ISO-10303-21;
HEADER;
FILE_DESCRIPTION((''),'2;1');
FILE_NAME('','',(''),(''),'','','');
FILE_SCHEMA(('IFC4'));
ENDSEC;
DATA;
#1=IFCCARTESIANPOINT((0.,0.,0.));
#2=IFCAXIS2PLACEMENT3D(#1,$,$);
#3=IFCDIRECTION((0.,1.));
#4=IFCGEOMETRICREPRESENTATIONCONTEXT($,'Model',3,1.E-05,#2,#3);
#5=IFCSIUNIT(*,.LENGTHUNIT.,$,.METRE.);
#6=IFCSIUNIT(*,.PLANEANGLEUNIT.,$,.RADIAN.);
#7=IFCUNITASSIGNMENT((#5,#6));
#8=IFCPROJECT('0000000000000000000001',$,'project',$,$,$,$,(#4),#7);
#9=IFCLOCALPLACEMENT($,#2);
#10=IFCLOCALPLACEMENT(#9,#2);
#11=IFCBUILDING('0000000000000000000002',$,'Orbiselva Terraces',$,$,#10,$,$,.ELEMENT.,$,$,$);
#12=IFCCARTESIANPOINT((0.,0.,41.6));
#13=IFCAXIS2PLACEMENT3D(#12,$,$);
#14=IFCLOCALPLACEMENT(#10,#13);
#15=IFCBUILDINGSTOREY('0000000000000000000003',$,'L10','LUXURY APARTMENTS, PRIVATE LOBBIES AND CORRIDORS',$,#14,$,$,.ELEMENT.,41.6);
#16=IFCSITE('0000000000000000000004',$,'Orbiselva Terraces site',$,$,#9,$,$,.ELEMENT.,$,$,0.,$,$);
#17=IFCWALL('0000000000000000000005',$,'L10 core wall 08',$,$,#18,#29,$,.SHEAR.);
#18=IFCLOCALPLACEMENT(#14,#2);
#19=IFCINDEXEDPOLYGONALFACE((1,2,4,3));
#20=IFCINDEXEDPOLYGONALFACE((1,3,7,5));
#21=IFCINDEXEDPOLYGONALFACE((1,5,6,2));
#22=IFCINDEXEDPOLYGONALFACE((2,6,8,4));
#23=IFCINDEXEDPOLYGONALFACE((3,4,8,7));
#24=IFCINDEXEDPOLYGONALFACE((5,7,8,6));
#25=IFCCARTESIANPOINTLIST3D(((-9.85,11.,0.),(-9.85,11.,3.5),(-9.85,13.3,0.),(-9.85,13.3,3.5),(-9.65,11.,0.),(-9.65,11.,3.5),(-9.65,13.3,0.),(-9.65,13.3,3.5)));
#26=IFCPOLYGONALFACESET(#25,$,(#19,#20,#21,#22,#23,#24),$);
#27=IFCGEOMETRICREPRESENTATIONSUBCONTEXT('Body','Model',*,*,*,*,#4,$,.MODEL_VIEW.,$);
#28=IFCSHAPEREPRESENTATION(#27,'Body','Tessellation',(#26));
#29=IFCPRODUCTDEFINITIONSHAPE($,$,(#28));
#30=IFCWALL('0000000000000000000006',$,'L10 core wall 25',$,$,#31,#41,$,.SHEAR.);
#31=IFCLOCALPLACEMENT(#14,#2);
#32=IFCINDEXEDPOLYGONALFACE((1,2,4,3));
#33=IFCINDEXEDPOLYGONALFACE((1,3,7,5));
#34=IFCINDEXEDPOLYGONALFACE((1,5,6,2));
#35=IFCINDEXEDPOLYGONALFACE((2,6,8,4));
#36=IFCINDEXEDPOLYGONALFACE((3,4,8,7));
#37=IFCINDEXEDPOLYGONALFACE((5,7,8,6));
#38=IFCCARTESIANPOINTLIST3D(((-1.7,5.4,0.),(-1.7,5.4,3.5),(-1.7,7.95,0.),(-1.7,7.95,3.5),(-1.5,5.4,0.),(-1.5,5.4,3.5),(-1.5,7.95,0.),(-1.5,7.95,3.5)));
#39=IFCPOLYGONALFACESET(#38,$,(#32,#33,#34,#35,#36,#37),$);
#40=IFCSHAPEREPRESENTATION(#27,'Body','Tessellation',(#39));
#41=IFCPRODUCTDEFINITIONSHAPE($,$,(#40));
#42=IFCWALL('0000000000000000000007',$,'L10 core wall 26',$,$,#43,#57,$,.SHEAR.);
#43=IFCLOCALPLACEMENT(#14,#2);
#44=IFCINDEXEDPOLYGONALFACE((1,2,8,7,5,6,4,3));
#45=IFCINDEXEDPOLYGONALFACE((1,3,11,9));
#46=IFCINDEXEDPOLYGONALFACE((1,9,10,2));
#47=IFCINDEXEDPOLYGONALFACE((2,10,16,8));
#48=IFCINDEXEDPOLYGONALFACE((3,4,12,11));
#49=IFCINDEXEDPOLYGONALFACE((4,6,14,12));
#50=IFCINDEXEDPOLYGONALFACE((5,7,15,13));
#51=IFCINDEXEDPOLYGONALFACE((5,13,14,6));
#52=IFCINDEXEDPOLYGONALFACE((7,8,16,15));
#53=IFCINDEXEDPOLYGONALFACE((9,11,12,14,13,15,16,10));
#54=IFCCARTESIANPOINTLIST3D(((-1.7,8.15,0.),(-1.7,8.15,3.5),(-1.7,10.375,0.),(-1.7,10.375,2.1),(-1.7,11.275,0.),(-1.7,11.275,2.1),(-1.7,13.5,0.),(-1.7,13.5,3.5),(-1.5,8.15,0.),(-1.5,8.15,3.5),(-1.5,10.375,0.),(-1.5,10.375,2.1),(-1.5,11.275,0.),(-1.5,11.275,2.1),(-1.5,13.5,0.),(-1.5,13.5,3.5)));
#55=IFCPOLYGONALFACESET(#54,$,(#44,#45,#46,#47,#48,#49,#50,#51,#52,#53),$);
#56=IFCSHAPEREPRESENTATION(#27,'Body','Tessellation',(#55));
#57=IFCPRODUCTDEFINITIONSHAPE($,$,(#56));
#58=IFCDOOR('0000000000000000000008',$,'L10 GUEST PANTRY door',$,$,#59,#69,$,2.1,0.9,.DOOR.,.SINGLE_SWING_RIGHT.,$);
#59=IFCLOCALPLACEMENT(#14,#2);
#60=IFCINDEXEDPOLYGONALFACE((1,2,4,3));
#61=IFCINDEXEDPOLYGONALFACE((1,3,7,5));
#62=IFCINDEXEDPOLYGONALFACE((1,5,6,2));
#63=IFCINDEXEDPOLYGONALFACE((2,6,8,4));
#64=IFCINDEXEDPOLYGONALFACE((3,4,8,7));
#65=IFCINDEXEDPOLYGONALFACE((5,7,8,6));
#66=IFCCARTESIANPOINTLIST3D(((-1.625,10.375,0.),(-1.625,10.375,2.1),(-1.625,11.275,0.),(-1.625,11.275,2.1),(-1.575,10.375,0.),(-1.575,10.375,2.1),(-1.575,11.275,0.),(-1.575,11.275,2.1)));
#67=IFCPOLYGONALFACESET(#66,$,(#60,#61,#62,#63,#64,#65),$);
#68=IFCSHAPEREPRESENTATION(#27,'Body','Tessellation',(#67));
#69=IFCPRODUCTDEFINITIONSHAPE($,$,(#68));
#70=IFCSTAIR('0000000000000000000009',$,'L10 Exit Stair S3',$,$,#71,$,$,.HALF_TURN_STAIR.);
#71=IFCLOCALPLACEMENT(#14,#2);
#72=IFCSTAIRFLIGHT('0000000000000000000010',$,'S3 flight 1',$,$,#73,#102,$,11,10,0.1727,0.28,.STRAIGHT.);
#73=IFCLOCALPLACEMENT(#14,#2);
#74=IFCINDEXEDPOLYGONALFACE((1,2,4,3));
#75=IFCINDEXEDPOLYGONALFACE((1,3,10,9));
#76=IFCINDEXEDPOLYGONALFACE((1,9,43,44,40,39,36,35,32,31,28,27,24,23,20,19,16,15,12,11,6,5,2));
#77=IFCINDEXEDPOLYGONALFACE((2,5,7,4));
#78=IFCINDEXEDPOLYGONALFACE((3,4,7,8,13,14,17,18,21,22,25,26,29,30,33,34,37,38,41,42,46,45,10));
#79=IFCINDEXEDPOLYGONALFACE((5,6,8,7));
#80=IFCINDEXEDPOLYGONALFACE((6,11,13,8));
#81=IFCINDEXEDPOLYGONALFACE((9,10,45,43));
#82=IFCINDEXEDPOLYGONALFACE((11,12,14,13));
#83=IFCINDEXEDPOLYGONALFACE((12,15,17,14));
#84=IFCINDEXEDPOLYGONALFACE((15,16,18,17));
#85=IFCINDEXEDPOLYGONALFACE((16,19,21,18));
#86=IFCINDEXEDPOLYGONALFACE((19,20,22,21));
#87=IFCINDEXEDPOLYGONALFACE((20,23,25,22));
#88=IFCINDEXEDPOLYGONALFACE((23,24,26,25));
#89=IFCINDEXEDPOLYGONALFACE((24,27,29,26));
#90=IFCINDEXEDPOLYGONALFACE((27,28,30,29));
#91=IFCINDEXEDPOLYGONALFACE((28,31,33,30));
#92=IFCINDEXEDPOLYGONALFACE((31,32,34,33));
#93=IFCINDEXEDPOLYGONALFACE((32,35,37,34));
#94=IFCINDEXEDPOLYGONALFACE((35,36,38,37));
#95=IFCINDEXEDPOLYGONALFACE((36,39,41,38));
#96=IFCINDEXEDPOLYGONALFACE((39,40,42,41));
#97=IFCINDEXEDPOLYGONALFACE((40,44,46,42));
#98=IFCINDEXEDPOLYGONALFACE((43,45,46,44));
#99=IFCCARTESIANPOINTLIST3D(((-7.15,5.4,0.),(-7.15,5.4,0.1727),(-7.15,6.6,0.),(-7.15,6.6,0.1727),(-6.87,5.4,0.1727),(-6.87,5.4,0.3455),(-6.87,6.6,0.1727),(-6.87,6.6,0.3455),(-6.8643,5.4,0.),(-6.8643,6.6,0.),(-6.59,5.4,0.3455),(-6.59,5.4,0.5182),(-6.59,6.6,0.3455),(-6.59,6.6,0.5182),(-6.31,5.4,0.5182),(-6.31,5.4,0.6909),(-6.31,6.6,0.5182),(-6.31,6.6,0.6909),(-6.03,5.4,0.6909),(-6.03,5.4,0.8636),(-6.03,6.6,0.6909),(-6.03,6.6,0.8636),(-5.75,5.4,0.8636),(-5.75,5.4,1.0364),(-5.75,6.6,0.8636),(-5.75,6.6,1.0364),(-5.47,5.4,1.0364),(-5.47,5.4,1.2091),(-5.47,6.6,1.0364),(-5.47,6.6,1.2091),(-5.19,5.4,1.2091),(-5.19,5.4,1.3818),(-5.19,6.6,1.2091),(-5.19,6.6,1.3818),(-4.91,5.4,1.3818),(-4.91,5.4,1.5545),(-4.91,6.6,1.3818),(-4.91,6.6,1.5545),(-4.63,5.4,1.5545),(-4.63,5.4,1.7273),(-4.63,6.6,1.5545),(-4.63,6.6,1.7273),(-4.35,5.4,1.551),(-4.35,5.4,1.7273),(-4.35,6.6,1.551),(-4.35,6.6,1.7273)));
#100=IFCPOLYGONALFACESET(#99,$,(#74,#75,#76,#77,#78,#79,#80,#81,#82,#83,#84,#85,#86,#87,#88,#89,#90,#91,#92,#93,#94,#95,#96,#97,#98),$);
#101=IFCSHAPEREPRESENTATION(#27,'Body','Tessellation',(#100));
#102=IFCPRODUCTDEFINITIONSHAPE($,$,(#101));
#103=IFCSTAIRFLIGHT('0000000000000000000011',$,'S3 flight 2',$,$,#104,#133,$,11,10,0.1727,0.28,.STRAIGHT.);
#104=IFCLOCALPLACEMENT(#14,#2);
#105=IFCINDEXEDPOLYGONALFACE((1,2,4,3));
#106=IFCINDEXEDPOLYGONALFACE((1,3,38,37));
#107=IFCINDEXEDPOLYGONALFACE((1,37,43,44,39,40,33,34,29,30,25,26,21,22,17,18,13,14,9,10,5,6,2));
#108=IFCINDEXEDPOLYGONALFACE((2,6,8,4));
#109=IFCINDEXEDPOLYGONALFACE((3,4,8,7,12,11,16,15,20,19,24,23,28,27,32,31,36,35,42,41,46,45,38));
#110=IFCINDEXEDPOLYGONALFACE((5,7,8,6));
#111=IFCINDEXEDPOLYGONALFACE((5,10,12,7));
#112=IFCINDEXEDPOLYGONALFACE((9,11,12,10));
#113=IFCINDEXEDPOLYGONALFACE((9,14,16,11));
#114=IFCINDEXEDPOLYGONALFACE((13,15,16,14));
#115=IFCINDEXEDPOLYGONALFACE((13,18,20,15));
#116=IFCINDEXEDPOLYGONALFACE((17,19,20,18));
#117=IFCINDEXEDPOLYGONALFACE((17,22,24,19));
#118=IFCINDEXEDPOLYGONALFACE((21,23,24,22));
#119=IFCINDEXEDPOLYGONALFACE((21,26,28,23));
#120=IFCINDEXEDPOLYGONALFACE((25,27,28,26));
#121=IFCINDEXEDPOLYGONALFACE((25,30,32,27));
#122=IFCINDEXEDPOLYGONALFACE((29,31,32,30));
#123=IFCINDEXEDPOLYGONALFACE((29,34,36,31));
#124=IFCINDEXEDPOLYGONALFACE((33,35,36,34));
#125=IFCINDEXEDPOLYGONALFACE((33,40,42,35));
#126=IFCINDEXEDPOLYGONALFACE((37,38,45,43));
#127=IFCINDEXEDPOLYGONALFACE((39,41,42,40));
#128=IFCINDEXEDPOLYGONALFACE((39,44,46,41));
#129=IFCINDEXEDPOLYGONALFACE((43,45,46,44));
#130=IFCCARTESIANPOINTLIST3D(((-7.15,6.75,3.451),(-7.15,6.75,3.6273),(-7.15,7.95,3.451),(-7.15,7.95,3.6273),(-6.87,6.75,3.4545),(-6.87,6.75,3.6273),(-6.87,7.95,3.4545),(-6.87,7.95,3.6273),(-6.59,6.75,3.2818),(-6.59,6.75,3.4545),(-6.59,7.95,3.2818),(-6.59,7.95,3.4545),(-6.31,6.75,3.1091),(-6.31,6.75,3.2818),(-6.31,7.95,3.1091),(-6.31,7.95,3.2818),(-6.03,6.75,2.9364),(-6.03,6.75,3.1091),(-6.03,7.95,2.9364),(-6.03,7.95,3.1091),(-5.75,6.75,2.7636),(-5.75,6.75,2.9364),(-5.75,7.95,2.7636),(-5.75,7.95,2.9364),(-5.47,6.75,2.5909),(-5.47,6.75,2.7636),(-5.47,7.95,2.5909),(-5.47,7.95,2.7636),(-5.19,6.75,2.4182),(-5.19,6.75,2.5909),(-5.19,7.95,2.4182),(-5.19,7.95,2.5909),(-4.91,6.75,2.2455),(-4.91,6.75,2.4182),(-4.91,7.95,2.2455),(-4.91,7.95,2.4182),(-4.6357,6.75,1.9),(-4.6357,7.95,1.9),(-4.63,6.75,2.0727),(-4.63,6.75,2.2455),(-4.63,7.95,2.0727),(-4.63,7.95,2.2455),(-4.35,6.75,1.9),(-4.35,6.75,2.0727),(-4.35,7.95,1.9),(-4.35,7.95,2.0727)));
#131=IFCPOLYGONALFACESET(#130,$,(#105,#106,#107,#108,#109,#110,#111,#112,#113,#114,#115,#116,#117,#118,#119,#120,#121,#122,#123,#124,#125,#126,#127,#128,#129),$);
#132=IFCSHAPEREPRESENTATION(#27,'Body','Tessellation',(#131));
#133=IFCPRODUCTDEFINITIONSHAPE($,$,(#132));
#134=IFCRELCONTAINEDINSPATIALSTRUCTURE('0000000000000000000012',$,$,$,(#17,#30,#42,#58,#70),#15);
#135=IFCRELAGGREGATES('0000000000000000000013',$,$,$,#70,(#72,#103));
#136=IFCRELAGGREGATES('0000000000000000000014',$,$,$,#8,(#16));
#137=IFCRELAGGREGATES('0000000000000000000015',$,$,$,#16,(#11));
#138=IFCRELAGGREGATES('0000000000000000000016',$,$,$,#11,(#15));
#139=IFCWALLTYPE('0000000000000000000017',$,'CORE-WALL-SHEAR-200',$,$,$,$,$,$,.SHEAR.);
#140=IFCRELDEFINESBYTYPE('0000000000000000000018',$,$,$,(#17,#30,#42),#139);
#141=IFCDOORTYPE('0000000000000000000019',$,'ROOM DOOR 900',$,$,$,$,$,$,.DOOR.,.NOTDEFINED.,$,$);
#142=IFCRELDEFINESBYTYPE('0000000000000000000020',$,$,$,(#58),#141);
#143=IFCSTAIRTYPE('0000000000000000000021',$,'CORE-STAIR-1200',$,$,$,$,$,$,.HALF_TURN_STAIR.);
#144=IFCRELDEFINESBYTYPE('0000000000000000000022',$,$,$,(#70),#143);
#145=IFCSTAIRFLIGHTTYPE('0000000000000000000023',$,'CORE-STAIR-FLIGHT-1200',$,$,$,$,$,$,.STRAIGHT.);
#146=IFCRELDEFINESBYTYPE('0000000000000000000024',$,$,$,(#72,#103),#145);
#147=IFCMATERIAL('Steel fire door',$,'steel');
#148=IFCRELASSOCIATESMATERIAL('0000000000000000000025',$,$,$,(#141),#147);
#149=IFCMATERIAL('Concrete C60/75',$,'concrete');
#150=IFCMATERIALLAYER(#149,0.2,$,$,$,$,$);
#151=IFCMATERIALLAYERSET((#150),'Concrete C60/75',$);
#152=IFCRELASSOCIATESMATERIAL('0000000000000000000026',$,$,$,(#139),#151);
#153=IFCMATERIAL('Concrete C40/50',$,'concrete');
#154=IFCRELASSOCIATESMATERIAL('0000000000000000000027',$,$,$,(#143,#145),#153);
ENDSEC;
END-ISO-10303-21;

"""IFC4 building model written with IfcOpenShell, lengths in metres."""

from ifc_helpers import new_model, si_unit, direction, frame, frame_2d, origin, place, context, subcontext, project, spatial, polyline, rectangle, outline, extrude, material, layer, layer_set, type_object, element, fill, aggregate, save


model = new_model("IFC4")

# Units and contexts
model_context = context("Model", 3, precision=1e-05, world=origin(), true_north=direction((0.0, 1.0)))
body_context = subcontext(model_context, "Body", "Model", "MODEL_VIEW")
ifc_project = project(units=[si_unit("LENGTHUNIT", "METRE"), si_unit("PLANEANGLEUNIT", "RADIAN")], contexts=[model_context])

# Site, building, storey
site_placement = place(None, origin())
site = spatial("IfcSite", under=ifc_project, at=site_placement, Name="Orbiselva Terraces site", CompositionType="ELEMENT", RefElevation=0.0)
building_placement = place(site_placement, origin())
building = spatial("IfcBuilding", under=site, at=building_placement, Name="Orbiselva Terraces", CompositionType="ELEMENT")
storey_placement = place(building_placement, frame((0.0, 0.0, 41.6)))
storey = spatial("IfcBuildingStorey", under=building, at=storey_placement, Name="L10", Description="LUXURY APARTMENTS, PRIVATE LOBBIES AND CORRIDORS", CompositionType="ELEMENT", Elevation=41.6)

# Shared definitions
ifc_material_1 = material(Name="Steel fire door", Category="steel")
door_type = type_object("IfcDoorType", Name="ROOM DOOR 900", OperationType="NOTDEFINED", PredefinedType="DOOR", material=ifc_material_1)

# Shared definitions
ifc_material_2 = material(Name="Concrete C60/75", Category="concrete")
ifc_layer_1 = layer(ifc_material_2, 0.2)
ifc_layer_set_1 = layer_set([ifc_layer_1], Name="Concrete C60/75")
wall_type_1 = type_object("IfcWallType", Name="CORE-WALL-SHEAR-200", PredefinedType="SHEAR", material=ifc_layer_set_1)

# Walls
wall_1_placement = place(storey_placement, frame((-9.75, 11.0, 0.0), z_axis=(0.0, 0.0, 1.0), x_axis=(0.0, 1.0, 0.0)))
element("IfcWall", 1, at=wall_1_placement, inside=storey, type_object=wall_type_1, Name="L10 core wall 08", PredefinedType="SHEAR", context=body_context, shape_type="SweptSolid", body=[
    extrude(rectangle(XDim=2.3, YDim=0.2, at=frame_2d((1.15, 0.0))), origin(), (0.0, 0.0, 1.0), 3.5),
])
wall_2_placement = place(storey_placement, frame((-1.6, 5.4, 0.0), z_axis=(0.0, 0.0, 1.0), x_axis=(0.0, 1.0, 0.0)))
element("IfcWall", 2, at=wall_2_placement, inside=storey, type_object=wall_type_1, Name="L10 core wall 25", PredefinedType="SHEAR", context=body_context, shape_type="SweptSolid", body=[
    extrude(rectangle(XDim=2.55, YDim=0.2, at=frame_2d((1.275, 0.0))), origin(), (0.0, 0.0, 1.0), 3.5),
])

# Wall, opening, door
wall_3_placement = place(storey_placement, frame((-1.6, 8.15, 0.0), z_axis=(0.0, 0.0, 1.0), x_axis=(0.0, 1.0, 0.0)))
wall_3 = element("IfcWall", 3, at=wall_3_placement, inside=storey, type_object=wall_type_1, Name="L10 core wall 26", PredefinedType="SHEAR", context=body_context, shape_type="SweptSolid", body=[
    extrude(rectangle(XDim=5.35, YDim=0.2, at=frame_2d((2.675, 0.0))), origin(), (0.0, 0.0, 1.0), 3.5),
])
opening_1_placement = place(wall_3_placement, frame((2.225, 0.0, 0.0)))
opening_1 = element("IfcOpeningElement", 4, at=opening_1_placement, cuts=wall_3, PredefinedType="OPENING", context=body_context, shape_type="SweptSolid", body=[
    extrude(rectangle(XDim=0.9, YDim=2.1, at=frame_2d((0.45, 1.05))), frame((0.0, 0.11, 0.0), z_axis=(0.0, -1.0, 0.0), x_axis=(1.0, 0.0, 0.0)), (0.0, 0.0, 1.0), 0.22),
])
door_1_placement = place(opening_1_placement, origin())
door_1 = element("IfcDoor", 5, at=door_1_placement, inside=storey, type_object=door_type, Name="L10 GUEST PANTRY door", OperationType="SINGLE_SWING_RIGHT", OverallHeight=2.1, OverallWidth=0.9, PredefinedType="DOOR", context=body_context, shape_type="SweptSolid", body=[
    extrude(rectangle(XDim=0.9, YDim=2.1, at=frame_2d((0.45, 1.05))), frame((0.0, 0.025, 0.0), z_axis=(0.0, -1.0, 0.0), x_axis=(1.0, 0.0, 0.0)), (0.0, 0.0, 1.0), 0.05),
])
fill(opening_1, door_1)

# Stair, stair flights
ifc_material_3 = material(Name="Concrete C40/50", Category="concrete")
stair_type = type_object("IfcStairType", Name="CORE-STAIR-1200", PredefinedType="HALF_TURN_STAIR", material=ifc_material_3)
stair_placement = place(storey_placement, origin())
stair = element("IfcStair", 6, at=stair_placement, inside=storey, type_object=stair_type, Name="L10 Exit Stair S3", PredefinedType="HALF_TURN_STAIR")
stair_flight_type = type_object("IfcStairFlightType", Name="CORE-STAIR-FLIGHT-1200", PredefinedType="STRAIGHT", material=ifc_material_3)
stair_flight_1_placement = place(storey_placement, frame((-7.15, 6.0, 0.0), z_axis=(0.0, 0.0, 1.0), x_axis=(1.0, 0.0, 0.0)))
stair_flight_1 = element("IfcStairFlight", 7, at=stair_flight_1_placement, type_object=stair_flight_type, Name="S3 flight 1", NumberOfRisers=11, NumberOfTreads=10, PredefinedType="STRAIGHT", RiserHeight=0.1727, TreadLength=0.28, context=body_context, shape_type="SweptSolid", body=[
    extrude(outline(polyline([(0.0, 0.0), (0.0, 0.1727), (0.28, 0.1727), (0.28, 0.3455), (0.56, 0.3455), (0.56, 0.5182), (0.84, 0.5182), (0.84, 0.6909), (1.12, 0.6909), (1.12, 0.8636), (1.4, 0.8636), (1.4, 1.0364), (1.68, 1.0364), (1.68, 1.2091), (1.96, 1.2091), (1.96, 1.3818), (2.24, 1.3818), (2.24, 1.5545), (2.52, 1.5545), (2.52, 1.7273), (2.8, 1.7273), (2.8, 1.9), (2.8, 1.551), (0.2857, 0.0), (0.0, 0.0)])), frame((0.0, 0.6, 0.0), z_axis=(0.0, -1.0, 0.0), x_axis=(1.0, 0.0, 0.0)), (0.0, 0.0, 1.0), 1.2),
])
stair_flight_2_placement = place(storey_placement, frame((-4.35, 7.35, 1.9), z_axis=(0.0, 0.0, 1.0), x_axis=(-1.0, 0.0, 0.0)))
stair_flight_2 = element("IfcStairFlight", 8, at=stair_flight_2_placement, type_object=stair_flight_type, Name="S3 flight 2", NumberOfRisers=11, NumberOfTreads=10, PredefinedType="STRAIGHT", RiserHeight=0.1727, TreadLength=0.28, context=body_context, shape_type="SweptSolid", body=[
    extrude(outline(polyline([(0.0, 0.0), (0.0, 0.1727), (0.28, 0.1727), (0.28, 0.3455), (0.56, 0.3455), (0.56, 0.5182), (0.84, 0.5182), (0.84, 0.6909), (1.12, 0.6909), (1.12, 0.8636), (1.4, 0.8636), (1.4, 1.0364), (1.68, 1.0364), (1.68, 1.2091), (1.96, 1.2091), (1.96, 1.3818), (2.24, 1.3818), (2.24, 1.5545), (2.52, 1.5545), (2.52, 1.7273), (2.8, 1.7273), (2.8, 1.9), (2.8, 1.551), (0.2857, 0.0), (0.0, 0.0)])), frame((0.0, 0.6, 0.0), z_axis=(0.0, -1.0, 0.0), x_axis=(1.0, 0.0, 0.0)), (0.0, 0.0, 1.0), 1.2),
])
aggregate(stair, [stair_flight_1, stair_flight_2])

save(model, "model.ifc")
